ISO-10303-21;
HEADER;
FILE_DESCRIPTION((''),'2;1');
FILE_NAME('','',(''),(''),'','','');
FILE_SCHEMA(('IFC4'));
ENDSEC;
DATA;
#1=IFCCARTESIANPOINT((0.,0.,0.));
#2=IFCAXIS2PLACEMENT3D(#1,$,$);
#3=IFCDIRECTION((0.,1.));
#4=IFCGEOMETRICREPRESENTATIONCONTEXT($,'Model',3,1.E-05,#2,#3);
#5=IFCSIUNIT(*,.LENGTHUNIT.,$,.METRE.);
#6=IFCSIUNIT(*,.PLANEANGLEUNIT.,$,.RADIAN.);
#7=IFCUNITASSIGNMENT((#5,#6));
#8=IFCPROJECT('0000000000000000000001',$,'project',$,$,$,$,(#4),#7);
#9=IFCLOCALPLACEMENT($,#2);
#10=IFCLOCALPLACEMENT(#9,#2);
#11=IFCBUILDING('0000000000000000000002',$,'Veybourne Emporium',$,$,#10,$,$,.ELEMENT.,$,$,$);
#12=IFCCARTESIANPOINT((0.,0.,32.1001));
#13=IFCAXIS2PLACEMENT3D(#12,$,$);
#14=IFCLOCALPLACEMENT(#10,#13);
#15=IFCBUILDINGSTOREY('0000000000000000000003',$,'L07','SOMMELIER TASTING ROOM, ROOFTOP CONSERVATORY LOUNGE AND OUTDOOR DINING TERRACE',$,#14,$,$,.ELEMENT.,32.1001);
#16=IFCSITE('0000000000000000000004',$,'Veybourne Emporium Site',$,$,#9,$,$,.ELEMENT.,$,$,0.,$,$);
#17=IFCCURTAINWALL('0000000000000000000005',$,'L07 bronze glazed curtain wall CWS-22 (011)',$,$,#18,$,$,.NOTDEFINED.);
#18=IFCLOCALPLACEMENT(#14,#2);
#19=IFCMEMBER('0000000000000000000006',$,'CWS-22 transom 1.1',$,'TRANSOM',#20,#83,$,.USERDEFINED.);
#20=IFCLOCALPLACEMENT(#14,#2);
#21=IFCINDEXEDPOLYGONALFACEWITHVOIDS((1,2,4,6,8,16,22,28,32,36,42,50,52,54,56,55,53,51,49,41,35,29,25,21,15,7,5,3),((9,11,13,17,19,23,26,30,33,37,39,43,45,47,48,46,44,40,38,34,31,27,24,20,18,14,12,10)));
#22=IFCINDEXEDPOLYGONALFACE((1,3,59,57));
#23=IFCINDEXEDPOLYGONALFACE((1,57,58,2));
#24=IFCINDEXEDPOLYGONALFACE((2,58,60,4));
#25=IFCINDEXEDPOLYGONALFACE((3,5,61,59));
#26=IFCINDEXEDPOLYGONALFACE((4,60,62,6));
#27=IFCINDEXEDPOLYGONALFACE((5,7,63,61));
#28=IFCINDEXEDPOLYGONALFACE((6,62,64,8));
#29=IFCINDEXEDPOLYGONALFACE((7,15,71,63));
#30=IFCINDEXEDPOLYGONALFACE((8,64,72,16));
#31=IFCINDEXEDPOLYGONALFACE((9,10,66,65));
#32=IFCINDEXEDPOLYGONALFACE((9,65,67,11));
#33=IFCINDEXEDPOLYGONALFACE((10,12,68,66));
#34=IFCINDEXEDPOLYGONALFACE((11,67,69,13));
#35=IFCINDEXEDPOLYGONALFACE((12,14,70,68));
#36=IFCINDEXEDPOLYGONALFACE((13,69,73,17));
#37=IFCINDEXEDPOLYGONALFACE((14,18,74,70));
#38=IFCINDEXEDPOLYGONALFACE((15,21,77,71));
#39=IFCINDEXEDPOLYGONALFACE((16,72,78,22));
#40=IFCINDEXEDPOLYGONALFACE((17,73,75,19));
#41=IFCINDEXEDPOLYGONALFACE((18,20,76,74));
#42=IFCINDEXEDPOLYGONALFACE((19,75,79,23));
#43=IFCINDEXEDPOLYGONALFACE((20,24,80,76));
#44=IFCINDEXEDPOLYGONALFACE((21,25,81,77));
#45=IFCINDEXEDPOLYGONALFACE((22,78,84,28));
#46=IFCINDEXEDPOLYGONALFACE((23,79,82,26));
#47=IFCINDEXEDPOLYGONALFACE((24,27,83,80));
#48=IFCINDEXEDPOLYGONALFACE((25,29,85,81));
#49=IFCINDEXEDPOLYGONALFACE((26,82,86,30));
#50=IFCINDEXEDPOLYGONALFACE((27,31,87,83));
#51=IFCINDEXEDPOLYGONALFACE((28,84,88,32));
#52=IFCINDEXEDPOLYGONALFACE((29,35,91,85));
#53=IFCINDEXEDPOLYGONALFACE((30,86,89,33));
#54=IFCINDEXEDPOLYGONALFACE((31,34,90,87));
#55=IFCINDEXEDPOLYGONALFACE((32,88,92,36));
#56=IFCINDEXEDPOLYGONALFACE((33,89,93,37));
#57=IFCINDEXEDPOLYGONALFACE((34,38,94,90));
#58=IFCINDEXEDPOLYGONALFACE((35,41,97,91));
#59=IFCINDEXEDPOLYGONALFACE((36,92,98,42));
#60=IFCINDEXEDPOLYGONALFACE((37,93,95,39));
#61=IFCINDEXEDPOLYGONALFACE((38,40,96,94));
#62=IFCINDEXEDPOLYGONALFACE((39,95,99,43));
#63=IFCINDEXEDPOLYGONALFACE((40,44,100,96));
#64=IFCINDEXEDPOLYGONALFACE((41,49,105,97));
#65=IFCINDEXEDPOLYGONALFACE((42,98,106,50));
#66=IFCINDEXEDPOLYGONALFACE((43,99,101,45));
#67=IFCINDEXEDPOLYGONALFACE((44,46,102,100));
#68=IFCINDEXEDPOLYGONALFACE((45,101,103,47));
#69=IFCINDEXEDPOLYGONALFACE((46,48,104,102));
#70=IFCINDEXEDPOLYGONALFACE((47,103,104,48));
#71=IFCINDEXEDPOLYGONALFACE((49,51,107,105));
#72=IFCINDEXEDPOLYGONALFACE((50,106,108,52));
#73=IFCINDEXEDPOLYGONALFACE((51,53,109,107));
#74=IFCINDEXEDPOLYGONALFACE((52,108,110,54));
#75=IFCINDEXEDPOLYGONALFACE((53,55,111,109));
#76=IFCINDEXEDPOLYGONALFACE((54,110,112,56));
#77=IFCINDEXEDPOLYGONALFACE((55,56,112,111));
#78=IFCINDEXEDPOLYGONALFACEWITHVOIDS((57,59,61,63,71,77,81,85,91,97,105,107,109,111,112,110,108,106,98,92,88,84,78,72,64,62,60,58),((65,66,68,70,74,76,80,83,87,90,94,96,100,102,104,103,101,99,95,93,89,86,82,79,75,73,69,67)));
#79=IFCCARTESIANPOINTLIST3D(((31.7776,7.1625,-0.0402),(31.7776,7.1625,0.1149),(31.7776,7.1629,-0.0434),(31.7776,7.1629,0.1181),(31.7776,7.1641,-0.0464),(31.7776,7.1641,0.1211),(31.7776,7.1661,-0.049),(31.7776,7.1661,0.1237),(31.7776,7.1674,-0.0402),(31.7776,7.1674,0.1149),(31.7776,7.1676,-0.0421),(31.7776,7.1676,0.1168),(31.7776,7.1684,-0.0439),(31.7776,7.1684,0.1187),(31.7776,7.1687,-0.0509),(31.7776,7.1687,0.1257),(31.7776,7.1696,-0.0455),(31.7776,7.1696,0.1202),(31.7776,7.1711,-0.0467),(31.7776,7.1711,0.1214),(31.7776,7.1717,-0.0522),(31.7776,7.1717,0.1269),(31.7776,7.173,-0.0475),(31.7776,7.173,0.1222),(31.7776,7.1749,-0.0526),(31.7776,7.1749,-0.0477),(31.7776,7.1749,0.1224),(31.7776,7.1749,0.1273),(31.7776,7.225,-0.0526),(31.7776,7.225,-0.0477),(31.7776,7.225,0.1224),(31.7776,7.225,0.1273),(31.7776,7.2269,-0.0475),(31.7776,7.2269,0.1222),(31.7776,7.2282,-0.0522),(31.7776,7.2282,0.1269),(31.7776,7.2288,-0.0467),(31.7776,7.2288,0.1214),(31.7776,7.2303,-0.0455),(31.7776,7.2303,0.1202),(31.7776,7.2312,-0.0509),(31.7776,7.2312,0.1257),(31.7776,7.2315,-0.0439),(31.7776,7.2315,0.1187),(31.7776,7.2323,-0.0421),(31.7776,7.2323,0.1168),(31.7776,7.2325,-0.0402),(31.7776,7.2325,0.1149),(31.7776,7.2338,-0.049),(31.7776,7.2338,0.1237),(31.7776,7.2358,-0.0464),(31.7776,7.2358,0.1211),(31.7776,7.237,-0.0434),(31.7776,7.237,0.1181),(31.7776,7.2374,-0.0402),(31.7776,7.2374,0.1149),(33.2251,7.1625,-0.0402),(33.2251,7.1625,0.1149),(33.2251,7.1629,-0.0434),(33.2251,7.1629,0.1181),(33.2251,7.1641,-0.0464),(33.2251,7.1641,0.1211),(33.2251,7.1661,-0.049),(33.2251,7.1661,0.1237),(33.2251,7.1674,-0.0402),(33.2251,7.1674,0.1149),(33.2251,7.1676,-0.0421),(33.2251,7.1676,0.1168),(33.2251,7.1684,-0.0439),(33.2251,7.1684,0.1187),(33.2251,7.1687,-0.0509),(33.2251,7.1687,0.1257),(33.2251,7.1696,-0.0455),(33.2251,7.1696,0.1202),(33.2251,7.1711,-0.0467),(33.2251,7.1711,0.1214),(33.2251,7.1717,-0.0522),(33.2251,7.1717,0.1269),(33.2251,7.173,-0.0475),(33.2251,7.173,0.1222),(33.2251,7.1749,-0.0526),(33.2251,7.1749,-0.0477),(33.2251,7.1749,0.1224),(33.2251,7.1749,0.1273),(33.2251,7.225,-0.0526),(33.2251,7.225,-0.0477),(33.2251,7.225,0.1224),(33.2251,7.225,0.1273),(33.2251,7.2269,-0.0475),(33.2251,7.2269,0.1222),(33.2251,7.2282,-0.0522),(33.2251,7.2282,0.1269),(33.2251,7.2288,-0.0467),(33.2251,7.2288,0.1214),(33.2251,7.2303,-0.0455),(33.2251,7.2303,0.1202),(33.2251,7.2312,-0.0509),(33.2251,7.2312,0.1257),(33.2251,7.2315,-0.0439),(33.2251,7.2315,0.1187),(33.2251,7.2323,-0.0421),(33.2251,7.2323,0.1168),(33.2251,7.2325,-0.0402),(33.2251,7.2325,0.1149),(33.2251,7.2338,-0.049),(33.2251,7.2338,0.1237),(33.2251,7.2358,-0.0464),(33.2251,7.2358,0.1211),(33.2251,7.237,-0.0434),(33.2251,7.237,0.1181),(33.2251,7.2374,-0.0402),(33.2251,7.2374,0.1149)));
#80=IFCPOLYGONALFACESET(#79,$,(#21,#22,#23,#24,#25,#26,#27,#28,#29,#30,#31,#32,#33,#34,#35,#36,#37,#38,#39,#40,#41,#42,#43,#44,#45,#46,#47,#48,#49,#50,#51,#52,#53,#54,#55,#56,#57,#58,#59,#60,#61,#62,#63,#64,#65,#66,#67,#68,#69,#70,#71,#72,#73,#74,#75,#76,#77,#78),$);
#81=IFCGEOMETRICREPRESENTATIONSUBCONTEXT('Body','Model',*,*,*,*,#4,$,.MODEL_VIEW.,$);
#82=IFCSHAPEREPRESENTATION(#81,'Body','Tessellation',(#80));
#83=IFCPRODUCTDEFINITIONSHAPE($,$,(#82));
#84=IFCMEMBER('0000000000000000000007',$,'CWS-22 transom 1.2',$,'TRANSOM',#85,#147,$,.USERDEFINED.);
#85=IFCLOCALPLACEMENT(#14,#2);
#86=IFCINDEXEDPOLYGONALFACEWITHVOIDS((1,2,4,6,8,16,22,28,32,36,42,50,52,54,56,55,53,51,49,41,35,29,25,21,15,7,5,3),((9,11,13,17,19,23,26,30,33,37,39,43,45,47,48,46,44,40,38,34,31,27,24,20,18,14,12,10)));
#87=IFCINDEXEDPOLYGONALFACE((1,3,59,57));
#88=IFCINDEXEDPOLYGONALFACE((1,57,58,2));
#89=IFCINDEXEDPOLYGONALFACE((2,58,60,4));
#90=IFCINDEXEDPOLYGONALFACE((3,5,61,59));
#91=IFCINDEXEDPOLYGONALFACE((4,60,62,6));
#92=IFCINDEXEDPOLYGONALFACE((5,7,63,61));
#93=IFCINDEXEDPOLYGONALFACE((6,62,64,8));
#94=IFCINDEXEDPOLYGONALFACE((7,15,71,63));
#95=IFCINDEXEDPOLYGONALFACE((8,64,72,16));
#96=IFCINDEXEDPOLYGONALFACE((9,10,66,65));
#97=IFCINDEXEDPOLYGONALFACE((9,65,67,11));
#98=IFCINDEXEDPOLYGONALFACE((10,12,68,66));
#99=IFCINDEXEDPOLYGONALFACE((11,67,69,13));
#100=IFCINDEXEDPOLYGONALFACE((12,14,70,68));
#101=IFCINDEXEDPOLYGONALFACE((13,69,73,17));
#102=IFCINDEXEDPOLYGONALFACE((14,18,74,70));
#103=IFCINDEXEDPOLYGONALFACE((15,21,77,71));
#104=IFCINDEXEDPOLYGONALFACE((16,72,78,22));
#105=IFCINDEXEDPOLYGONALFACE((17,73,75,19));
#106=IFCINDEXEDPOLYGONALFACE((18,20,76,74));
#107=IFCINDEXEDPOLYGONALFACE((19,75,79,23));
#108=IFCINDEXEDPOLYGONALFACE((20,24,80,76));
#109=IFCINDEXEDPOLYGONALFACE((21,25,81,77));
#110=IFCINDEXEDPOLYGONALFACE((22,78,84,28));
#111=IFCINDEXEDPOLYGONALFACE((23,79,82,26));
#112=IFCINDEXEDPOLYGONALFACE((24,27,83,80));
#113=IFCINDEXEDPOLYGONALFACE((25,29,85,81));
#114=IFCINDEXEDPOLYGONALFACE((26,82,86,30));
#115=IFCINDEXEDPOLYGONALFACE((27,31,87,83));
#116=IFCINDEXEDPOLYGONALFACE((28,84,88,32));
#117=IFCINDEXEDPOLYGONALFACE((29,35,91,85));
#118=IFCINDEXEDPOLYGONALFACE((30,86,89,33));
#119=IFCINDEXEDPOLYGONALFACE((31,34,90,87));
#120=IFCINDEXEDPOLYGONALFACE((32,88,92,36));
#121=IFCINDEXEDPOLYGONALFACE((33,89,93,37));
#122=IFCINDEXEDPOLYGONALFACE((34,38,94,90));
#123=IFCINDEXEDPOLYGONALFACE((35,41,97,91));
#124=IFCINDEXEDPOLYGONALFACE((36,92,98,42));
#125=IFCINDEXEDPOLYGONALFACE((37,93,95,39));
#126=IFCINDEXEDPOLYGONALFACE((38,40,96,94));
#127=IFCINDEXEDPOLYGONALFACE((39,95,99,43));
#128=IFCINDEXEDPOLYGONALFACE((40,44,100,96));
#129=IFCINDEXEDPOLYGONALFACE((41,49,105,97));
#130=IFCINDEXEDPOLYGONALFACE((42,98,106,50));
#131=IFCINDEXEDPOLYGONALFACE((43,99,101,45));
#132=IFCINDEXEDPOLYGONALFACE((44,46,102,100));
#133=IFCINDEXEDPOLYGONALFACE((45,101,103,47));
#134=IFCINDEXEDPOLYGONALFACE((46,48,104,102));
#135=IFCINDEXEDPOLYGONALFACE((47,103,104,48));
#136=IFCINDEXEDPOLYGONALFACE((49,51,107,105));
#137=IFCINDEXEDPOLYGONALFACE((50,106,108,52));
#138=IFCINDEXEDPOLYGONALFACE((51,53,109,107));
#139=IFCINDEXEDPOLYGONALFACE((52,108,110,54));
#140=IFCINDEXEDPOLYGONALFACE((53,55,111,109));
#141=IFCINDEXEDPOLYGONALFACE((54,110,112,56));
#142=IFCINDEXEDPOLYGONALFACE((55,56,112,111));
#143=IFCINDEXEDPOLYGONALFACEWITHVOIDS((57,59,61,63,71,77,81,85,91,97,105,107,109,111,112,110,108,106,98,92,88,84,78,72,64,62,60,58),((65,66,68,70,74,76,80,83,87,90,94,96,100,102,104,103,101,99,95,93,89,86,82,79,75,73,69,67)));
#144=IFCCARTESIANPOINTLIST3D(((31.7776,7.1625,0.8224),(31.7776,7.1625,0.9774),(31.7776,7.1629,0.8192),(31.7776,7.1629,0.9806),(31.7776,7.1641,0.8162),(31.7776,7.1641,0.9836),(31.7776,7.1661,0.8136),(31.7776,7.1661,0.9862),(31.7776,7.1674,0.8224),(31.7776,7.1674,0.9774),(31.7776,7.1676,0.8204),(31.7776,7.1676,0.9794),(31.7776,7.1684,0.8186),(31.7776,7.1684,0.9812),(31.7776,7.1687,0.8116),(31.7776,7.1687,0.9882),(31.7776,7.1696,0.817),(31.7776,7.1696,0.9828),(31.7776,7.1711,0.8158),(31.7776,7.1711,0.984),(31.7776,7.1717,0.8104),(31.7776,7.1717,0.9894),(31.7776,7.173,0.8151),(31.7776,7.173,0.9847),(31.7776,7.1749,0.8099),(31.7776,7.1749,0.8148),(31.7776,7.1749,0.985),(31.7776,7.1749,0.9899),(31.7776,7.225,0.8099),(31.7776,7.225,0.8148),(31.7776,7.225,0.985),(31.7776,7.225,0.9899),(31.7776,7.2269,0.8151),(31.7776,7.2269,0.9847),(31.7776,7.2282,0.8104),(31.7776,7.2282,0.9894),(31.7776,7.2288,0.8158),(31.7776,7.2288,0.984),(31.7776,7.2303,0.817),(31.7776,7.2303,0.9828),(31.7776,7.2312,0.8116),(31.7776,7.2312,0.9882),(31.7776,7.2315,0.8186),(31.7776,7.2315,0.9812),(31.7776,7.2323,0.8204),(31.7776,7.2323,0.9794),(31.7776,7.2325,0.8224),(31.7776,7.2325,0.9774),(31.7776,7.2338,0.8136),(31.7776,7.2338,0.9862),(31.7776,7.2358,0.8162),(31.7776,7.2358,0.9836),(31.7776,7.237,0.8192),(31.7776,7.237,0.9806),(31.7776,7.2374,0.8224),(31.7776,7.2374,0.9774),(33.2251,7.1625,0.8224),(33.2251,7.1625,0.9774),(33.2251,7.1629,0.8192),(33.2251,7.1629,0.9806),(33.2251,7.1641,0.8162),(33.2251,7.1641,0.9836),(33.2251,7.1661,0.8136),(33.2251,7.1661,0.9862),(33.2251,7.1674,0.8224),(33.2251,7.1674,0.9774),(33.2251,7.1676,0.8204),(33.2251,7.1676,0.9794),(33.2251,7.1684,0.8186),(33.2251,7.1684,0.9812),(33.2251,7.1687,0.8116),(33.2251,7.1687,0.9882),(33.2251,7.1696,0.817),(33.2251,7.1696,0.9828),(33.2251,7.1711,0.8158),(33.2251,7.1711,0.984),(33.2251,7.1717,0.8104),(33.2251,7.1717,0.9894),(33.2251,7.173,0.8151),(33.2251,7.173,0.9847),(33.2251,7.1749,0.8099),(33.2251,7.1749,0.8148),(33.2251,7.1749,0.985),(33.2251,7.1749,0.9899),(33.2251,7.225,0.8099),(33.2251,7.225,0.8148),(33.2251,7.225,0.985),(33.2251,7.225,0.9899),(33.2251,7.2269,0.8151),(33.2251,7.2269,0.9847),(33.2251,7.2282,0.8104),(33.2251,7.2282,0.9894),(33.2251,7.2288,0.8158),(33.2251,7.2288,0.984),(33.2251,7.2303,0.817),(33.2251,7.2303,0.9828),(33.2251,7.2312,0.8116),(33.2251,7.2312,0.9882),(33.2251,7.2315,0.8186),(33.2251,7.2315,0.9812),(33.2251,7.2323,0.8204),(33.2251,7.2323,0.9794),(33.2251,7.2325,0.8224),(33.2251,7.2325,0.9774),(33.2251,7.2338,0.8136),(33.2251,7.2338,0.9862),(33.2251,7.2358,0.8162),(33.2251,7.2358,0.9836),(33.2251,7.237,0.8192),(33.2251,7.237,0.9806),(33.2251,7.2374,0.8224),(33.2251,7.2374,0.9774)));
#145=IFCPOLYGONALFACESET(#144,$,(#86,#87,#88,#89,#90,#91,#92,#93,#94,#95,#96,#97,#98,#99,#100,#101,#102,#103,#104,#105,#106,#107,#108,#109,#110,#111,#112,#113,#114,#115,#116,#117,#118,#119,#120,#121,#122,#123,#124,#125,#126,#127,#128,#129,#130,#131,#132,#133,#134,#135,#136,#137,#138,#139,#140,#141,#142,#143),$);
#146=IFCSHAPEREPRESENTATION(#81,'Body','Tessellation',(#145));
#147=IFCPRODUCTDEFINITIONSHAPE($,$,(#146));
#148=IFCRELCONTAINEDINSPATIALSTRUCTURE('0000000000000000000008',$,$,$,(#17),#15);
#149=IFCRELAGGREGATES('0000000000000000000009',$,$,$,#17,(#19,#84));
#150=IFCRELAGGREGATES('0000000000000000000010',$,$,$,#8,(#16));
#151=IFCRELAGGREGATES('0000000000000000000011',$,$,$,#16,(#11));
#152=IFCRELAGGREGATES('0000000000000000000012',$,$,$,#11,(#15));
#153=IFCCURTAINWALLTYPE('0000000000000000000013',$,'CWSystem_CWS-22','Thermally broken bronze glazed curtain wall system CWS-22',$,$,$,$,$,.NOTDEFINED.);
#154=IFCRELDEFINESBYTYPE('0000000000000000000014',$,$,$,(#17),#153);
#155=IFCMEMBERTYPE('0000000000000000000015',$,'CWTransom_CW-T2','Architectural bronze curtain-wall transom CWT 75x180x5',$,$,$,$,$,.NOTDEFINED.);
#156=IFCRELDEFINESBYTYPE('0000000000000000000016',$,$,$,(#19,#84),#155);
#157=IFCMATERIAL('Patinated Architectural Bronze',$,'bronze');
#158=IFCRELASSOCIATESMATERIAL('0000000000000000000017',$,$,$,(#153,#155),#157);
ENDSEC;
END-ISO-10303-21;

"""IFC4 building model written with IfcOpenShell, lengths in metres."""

from ifc_helpers import new_model, si_unit, direction, frame, origin, origin_2d, place, context, subcontext, project, spatial, hollow_rectangle, extrude, material, material_profile, profile_set, type_object, element, aggregate, save


model = new_model("IFC4")

# Units and contexts
model_context = context("Model", 3, precision=1e-05, world=origin(), true_north=direction((0.0, 1.0)))
body_context = subcontext(model_context, "Body", "Model", "MODEL_VIEW")
ifc_project = project(units=[si_unit("LENGTHUNIT", "METRE"), si_unit("PLANEANGLEUNIT", "RADIAN")], contexts=[model_context])

# Site, building, storey
site_placement = place(None, origin())
site = spatial("IfcSite", under=ifc_project, at=site_placement, Name="Veybourne Emporium Site", CompositionType="ELEMENT", RefElevation=0.0)
building_placement = place(site_placement, origin())
building = spatial("IfcBuilding", under=site, at=building_placement, Name="Veybourne Emporium", CompositionType="ELEMENT")
storey_placement = place(building_placement, frame((0.0, 0.0, 32.1001)))
storey = spatial("IfcBuildingStorey", under=building, at=storey_placement, Name="L07", Description="SOMMELIER TASTING ROOM, ROOFTOP CONSERVATORY LOUNGE AND OUTDOOR DINING TERRACE", CompositionType="ELEMENT", Elevation=32.1001)

# Curtain wall, members
ifc_material_1 = material(Name="Patinated Architectural Bronze", Category="bronze")
curtain_wall_type = type_object("IfcCurtainWallType", Name="CWSystem_CWS-22", Description="Thermally broken bronze glazed curtain wall system CWS-22", PredefinedType="NOTDEFINED", material=ifc_material_1)
curtain_wall_placement = place(storey_placement, origin())
curtain_wall = element("IfcCurtainWall", 1, at=curtain_wall_placement, inside=storey, type_object=curtain_wall_type, Name="L07 bronze glazed curtain wall CWS-22 (011)", PredefinedType="NOTDEFINED")
ifc_material_profile_1 = material_profile(ifc_material_1, hollow_rectangle(XDim=0.075, YDim=0.1799, WallThickness=0.0049, InnerFilletRadius=0.0076, OuterFilletRadius=0.0125, at=origin_2d()), Name="CWT 75x180x5")
ifc_profile_set_1 = profile_set([ifc_material_profile_1], Name="Patinated Architectural Bronze")
member_type_1 = type_object("IfcMemberType", Name="CWTransom_CW-T2", Description="Architectural bronze curtain-wall transom CWT 75x180x5", PredefinedType="NOTDEFINED", material=ifc_profile_set_1)
member_1_placement = place(storey_placement, frame((33.2251, 7.2, 0.0374), z_axis=(-1.0, 0.0, 0.0), x_axis=(0.0, -1.0, 0.0)))
member_1 = element("IfcMember", 2, at=member_1_placement, type_object=member_type_1, Name="CWS-22 transom 1.1", ObjectType="TRANSOM", PredefinedType="USERDEFINED", context=body_context, shape_type="SweptSolid", body=[
    extrude(hollow_rectangle(XDim=0.075, YDim=0.1799, WallThickness=0.0049, InnerFilletRadius=0.0076, OuterFilletRadius=0.0125, at=origin_2d()), origin(), (0.0, 0.0, 1.0), 1.4475),
])
member_2_placement = place(storey_placement, frame((33.2251, 7.2, 0.8999), z_axis=(-1.0, 0.0, 0.0), x_axis=(0.0, -1.0, 0.0)))
member_2 = element("IfcMember", 3, at=member_2_placement, type_object=member_type_1, Name="CWS-22 transom 1.2", ObjectType="TRANSOM", PredefinedType="USERDEFINED", context=body_context, shape_type="SweptSolid", body=[
    extrude(hollow_rectangle(XDim=0.075, YDim=0.1799, WallThickness=0.0049, InnerFilletRadius=0.0076, OuterFilletRadius=0.0125, at=origin_2d()), origin(), (0.0, 0.0, 1.0), 1.4475),
])

aggregate(curtain_wall, [member_1, member_2])

save(model, "model.ifc")
